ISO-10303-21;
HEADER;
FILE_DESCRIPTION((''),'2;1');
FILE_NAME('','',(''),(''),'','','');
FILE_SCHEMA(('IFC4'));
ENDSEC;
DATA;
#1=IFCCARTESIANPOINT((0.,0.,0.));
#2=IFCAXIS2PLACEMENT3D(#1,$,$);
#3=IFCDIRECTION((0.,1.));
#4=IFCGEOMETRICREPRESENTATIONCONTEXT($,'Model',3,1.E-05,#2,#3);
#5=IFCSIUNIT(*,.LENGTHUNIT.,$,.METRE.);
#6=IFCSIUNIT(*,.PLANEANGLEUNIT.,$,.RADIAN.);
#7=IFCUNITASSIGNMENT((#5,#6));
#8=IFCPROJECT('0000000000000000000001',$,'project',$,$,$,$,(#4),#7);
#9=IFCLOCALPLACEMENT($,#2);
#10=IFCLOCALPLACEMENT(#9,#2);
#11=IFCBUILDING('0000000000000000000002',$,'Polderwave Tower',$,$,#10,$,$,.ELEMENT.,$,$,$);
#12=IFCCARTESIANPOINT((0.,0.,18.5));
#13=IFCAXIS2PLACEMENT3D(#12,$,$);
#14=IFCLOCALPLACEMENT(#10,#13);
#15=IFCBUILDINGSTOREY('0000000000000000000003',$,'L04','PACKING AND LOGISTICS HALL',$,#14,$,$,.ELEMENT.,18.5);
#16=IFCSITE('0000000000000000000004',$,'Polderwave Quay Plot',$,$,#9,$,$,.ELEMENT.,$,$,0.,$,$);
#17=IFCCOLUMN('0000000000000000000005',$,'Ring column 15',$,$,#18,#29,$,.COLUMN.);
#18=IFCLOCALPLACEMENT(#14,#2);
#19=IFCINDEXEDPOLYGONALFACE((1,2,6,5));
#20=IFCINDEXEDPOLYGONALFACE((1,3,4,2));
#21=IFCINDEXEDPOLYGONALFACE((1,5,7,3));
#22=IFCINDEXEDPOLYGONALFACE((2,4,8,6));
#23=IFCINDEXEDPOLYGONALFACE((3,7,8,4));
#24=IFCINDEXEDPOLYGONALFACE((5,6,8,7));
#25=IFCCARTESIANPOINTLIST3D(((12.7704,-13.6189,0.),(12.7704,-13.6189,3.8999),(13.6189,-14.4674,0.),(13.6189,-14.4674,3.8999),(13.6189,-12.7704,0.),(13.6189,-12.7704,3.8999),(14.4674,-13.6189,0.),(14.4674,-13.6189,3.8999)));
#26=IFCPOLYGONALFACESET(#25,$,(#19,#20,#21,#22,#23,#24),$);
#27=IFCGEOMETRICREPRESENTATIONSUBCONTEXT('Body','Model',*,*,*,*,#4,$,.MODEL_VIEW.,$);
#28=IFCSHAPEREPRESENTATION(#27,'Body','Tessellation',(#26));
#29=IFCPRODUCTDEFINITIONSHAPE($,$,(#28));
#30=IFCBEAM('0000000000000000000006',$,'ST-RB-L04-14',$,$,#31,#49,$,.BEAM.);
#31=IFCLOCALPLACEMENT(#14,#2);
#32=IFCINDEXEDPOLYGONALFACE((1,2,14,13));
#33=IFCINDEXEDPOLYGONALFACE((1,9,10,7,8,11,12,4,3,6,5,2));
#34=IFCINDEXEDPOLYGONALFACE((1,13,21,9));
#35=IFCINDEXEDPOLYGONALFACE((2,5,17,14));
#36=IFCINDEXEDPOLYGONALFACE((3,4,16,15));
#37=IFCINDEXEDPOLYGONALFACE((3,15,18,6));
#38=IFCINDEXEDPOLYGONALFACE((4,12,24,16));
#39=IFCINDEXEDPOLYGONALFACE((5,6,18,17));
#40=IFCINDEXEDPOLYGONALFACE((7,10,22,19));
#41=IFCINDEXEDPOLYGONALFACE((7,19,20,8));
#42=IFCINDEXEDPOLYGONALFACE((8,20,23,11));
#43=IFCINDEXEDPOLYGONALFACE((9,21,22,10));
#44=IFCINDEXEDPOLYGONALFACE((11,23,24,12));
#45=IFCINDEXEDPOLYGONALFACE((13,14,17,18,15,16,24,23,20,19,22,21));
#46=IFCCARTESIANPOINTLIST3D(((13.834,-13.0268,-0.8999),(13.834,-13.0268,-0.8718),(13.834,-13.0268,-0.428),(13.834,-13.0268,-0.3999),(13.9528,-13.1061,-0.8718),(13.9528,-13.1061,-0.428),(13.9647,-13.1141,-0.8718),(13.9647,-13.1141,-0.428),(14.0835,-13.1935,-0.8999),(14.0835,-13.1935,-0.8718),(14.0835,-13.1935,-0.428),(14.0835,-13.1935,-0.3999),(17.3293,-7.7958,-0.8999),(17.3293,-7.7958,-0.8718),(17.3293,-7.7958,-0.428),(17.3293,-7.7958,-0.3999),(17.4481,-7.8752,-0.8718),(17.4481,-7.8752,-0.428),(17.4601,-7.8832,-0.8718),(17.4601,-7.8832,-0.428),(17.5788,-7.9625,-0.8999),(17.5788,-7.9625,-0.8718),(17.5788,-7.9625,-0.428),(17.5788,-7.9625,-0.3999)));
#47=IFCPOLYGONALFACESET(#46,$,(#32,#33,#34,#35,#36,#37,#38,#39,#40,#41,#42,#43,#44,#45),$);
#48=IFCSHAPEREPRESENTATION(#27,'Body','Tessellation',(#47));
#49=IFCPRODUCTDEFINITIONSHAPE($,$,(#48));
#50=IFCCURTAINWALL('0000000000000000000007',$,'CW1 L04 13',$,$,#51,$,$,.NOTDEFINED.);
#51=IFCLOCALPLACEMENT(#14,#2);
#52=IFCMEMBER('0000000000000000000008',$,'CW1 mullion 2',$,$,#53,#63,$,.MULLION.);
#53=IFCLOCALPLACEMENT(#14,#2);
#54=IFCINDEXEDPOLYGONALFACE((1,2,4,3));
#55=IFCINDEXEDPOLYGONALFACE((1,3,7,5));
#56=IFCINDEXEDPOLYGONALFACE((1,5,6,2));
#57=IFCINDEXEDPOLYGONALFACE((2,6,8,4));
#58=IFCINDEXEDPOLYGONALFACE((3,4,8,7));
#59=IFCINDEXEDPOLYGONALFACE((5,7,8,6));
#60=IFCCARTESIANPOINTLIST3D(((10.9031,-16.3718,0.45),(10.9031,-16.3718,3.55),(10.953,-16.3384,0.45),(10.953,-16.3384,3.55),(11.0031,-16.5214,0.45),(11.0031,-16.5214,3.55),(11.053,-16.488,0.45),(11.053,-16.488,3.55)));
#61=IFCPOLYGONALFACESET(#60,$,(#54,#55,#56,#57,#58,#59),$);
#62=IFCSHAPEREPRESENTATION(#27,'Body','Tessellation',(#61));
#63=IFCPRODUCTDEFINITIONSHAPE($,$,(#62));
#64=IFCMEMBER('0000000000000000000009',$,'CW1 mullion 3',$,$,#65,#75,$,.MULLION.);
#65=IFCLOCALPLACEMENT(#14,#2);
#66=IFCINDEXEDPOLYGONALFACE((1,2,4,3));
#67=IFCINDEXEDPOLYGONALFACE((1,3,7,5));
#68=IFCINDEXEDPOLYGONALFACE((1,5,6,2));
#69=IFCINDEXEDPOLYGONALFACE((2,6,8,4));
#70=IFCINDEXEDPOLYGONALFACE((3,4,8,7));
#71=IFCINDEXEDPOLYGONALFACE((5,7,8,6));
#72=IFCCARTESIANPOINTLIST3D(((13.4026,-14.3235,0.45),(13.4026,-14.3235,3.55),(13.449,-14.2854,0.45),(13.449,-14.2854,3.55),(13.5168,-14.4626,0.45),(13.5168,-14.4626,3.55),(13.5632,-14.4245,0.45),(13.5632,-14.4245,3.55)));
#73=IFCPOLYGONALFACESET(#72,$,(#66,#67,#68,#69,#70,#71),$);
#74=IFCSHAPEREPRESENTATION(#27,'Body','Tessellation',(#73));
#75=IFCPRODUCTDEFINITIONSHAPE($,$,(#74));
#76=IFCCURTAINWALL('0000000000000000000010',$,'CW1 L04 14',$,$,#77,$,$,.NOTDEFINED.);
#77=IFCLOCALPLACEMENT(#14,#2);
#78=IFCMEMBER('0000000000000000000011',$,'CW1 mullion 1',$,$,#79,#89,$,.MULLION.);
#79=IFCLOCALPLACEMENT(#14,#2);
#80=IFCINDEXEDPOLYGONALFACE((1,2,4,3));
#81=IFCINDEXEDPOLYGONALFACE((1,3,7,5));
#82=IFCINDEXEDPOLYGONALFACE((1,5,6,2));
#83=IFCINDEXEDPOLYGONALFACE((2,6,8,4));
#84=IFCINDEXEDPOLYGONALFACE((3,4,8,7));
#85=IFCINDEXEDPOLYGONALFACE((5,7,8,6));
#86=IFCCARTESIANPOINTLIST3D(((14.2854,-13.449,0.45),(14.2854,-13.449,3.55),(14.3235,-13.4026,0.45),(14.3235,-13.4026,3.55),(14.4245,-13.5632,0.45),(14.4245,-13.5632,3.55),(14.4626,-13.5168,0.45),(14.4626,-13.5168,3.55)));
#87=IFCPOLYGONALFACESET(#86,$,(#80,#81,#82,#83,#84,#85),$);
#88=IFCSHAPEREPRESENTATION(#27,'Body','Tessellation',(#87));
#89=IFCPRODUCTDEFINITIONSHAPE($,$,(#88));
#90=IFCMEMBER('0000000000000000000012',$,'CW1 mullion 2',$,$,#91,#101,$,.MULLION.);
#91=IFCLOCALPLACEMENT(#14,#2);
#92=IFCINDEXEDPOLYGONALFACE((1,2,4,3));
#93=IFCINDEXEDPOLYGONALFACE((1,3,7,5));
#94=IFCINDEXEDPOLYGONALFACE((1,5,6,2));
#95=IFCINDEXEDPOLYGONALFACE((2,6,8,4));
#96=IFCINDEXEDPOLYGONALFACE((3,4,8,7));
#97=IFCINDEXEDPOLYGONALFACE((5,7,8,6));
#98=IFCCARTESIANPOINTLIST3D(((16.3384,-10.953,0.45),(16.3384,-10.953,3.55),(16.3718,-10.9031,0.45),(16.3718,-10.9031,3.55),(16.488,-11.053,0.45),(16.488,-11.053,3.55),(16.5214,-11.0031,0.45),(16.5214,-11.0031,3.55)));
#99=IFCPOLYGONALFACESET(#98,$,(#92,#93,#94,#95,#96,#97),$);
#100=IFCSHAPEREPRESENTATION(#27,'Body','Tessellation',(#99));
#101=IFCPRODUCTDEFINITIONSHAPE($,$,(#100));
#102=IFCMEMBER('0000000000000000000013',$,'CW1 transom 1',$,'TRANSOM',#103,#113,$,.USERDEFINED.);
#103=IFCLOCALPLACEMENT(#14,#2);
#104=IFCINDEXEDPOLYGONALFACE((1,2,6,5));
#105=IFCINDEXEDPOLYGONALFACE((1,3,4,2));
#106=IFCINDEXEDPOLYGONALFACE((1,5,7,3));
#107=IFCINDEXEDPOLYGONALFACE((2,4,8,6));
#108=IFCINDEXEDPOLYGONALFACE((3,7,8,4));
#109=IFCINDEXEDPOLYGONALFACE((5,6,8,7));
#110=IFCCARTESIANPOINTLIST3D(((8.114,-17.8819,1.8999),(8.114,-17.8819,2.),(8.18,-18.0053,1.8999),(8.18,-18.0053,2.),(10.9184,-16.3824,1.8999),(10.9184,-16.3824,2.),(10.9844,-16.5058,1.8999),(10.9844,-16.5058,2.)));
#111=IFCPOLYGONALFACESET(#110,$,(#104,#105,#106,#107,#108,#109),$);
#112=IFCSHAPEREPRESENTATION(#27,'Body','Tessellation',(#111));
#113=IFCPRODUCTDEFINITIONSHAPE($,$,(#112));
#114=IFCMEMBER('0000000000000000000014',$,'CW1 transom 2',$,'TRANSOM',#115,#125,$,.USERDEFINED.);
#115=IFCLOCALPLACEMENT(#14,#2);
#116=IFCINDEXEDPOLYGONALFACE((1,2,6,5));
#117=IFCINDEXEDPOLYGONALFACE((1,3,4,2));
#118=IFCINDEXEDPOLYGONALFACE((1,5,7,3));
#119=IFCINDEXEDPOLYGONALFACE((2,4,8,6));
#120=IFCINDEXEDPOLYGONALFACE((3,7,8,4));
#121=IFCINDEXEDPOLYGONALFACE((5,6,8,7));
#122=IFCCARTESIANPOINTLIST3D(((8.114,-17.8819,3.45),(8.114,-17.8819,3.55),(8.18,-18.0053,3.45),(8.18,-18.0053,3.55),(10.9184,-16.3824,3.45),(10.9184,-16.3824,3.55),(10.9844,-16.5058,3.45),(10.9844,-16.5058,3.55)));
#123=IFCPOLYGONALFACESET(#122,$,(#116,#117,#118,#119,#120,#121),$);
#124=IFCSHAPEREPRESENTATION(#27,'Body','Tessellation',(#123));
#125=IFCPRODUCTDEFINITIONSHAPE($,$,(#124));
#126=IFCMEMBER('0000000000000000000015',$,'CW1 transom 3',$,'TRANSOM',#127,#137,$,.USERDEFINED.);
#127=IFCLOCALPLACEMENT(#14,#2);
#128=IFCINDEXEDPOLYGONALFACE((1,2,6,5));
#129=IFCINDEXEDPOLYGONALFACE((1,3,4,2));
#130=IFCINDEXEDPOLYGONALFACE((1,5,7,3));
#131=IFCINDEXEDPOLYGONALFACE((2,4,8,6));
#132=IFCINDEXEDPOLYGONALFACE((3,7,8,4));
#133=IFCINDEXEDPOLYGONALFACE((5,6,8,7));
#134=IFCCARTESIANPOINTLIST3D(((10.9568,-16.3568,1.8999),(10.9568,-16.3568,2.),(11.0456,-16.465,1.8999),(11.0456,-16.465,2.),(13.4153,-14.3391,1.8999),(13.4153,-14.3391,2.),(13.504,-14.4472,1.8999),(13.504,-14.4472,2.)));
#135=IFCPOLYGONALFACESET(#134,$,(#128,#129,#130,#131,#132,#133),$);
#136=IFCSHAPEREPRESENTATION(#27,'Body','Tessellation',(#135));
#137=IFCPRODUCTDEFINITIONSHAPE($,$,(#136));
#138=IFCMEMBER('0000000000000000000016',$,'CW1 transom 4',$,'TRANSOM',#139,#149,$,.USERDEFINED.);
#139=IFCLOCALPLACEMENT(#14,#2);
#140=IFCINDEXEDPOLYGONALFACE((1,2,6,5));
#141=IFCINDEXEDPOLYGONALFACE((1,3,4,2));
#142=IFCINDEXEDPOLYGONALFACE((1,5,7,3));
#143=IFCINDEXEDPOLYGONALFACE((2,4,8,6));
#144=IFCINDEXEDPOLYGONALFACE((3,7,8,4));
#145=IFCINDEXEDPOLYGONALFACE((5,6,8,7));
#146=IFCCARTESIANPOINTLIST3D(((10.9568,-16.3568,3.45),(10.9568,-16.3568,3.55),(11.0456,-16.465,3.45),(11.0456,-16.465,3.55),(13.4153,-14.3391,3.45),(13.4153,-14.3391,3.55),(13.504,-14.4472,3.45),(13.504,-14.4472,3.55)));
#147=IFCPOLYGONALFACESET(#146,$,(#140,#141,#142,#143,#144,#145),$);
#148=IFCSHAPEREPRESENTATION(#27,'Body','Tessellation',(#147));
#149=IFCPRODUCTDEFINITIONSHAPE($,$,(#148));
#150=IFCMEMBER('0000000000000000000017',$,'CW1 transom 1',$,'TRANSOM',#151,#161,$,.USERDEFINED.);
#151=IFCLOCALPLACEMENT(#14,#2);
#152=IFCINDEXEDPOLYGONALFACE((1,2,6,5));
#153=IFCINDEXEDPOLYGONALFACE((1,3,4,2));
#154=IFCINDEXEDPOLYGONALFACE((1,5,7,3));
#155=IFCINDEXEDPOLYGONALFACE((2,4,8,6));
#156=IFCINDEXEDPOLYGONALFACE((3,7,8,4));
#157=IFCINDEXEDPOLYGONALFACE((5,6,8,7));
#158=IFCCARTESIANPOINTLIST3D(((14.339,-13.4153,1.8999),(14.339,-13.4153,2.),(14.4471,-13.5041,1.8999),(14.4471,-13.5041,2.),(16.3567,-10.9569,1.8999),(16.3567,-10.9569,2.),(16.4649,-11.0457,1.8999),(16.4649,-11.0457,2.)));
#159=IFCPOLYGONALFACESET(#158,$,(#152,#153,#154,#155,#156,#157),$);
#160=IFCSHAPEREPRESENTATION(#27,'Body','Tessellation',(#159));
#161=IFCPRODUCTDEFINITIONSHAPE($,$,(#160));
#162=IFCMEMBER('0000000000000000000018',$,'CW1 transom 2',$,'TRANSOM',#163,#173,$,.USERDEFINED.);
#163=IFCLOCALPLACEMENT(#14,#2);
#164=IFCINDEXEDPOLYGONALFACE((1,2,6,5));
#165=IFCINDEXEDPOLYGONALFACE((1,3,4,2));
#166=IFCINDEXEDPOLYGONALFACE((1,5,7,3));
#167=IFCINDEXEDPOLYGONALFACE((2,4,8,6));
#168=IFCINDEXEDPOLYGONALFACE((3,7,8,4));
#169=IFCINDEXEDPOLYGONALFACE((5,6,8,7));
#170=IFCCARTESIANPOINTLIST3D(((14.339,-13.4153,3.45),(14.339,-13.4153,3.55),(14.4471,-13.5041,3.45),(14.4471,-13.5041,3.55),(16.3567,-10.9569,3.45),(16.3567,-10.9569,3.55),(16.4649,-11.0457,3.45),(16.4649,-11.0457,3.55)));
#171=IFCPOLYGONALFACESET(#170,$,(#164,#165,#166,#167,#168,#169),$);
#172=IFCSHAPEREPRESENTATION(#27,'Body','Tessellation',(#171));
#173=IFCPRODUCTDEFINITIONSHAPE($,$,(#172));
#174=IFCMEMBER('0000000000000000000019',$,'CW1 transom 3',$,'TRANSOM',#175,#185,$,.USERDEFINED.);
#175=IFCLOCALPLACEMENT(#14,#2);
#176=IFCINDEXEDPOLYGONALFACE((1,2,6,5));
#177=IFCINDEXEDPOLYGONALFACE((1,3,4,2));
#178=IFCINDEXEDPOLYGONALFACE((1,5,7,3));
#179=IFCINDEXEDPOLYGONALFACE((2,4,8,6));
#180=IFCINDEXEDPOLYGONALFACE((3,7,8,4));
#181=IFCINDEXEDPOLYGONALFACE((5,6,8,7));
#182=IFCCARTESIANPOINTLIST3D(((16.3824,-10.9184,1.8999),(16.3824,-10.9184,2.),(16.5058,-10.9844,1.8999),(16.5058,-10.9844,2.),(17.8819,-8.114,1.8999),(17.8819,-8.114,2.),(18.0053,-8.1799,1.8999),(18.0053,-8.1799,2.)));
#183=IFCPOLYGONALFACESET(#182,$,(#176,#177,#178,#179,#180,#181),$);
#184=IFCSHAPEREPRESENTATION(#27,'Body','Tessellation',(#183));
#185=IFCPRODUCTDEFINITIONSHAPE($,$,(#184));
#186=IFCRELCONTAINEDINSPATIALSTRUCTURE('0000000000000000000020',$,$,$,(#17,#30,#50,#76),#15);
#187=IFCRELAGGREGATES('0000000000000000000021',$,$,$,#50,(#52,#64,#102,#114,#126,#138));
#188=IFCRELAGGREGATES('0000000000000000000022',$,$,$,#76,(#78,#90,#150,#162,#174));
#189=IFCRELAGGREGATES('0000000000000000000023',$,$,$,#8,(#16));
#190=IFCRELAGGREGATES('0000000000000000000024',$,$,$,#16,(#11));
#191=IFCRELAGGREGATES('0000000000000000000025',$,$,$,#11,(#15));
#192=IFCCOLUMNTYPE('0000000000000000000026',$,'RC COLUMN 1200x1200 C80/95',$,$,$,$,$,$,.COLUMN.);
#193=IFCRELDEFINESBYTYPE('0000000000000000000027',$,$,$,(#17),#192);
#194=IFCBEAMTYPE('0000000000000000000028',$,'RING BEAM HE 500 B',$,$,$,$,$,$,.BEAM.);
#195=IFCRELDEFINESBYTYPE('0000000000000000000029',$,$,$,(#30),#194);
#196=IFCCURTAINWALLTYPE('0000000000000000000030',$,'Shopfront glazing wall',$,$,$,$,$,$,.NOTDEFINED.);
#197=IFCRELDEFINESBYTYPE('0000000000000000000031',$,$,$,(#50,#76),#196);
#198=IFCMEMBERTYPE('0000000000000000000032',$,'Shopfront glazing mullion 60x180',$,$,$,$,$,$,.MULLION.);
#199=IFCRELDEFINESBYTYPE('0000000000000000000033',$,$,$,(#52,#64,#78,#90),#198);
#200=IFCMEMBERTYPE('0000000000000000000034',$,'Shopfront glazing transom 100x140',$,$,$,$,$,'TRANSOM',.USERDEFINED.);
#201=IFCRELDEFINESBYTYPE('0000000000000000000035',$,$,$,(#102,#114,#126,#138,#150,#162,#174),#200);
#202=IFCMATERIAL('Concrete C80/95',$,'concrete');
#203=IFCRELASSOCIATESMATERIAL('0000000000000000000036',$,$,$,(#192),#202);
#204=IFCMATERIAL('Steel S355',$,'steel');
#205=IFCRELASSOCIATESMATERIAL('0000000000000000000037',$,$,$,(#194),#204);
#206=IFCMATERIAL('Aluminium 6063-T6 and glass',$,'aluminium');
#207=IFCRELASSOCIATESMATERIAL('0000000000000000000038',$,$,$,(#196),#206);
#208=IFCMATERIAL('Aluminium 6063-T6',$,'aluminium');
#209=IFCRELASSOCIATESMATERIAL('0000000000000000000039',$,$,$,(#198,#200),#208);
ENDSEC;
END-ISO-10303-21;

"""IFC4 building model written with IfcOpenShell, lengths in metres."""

from ifc_helpers import new_model, si_unit, direction, frame, origin, origin_2d, place, context, subcontext, project, spatial, rectangle, i_section, extrude, material, material_profile, profile_set, type_object, element, aggregate, save


model = new_model("IFC4")

# Units and contexts
model_context = context("Model", 3, precision=1e-05, world=origin(), true_north=direction((0.0, 1.0)))
body_context = subcontext(model_context, "Body", "Model", "MODEL_VIEW")
ifc_project = project(units=[si_unit("LENGTHUNIT", "METRE"), si_unit("PLANEANGLEUNIT", "RADIAN")], contexts=[model_context])

# Site, building, storey
site_placement = place(None, origin())
site = spatial("IfcSite", under=ifc_project, at=site_placement, Name="Polderwave Quay Plot", CompositionType="ELEMENT", RefElevation=0.0)
building_placement = place(site_placement, origin())
building = spatial("IfcBuilding", under=site, at=building_placement, Name="Polderwave Tower", CompositionType="ELEMENT")
storey_placement = place(building_placement, frame((0.0, 0.0, 18.5)))
storey = spatial("IfcBuildingStorey", under=building, at=storey_placement, Name="L04", Description="PACKING AND LOGISTICS HALL", CompositionType="ELEMENT", Elevation=18.5)

# Column
ifc_material_1 = material(Name="Concrete C80/95", Category="concrete")
ifc_material_profile_1 = material_profile(ifc_material_1, rectangle(XDim=1.2, YDim=1.2, at=origin_2d()), Name="RC 1200x1200")
ifc_profile_set_1 = profile_set([ifc_material_profile_1], Name="Concrete C80/95")
column_type = type_object("IfcColumnType", Name="RC COLUMN 1200x1200 C80/95", PredefinedType="COLUMN", material=ifc_profile_set_1)
column_placement = place(storey_placement, frame((13.6189, -13.6189, 0.0), z_axis=(0.0, 0.0, 1.0), x_axis=(0.707107, -0.707107, 0.0)))
element("IfcColumn", 1, at=column_placement, inside=storey, type_object=column_type, Name="Ring column 15", PredefinedType="COLUMN", context=body_context, shape_type="SweptSolid", body=[
    extrude(rectangle(XDim=1.2, YDim=1.2, at=origin_2d()), origin(), (0.0, 0.0, 1.0), 3.8999),
])

# Beam
ifc_material_2 = material(Name="Steel S355", Category="steel")
ifc_material_profile_2 = material_profile(ifc_material_2, i_section(OverallWidth=0.3, OverallDepth=0.5, WebThickness=0.0144, FlangeThickness=0.0281, at=origin_2d()), Name="HE 500 B")
ifc_profile_set_2 = profile_set([ifc_material_profile_2], Name="Steel S355")
beam_type = type_object("IfcBeamType", Name="RING BEAM HE 500 B", PredefinedType="BEAM", material=ifc_profile_set_2)
beam_placement = place(storey_placement, frame((13.9587, -13.1101, -0.6499), z_axis=(0.555586, 0.831459, 0.0), x_axis=(-0.831459, 0.555586, 0.0)))
element("IfcBeam", 2, at=beam_placement, inside=storey, type_object=beam_type, Name="ST-RB-L04-14", PredefinedType="BEAM", context=body_context, shape_type="SweptSolid", body=[
    extrude(i_section(OverallWidth=0.3, OverallDepth=0.5, WebThickness=0.0144, FlangeThickness=0.0281, at=origin_2d()), origin(), (0.0, 0.0, 1.0), 6.2913),
])

# Curtain walls, members
ifc_material_3 = material(Name="Aluminium 6063-T6 and glass", Category="aluminium")
curtain_wall_type = type_object("IfcCurtainWallType", Name="Shopfront glazing wall", PredefinedType="NOTDEFINED", material=ifc_material_3)
curtain_wall_1_placement = place(storey_placement, origin())
curtain_wall_1 = element("IfcCurtainWall", 3, at=curtain_wall_1_placement, inside=storey, type_object=curtain_wall_type, Name="CW1 L04 13", PredefinedType="NOTDEFINED")
ifc_material_4 = material(Name="Aluminium 6063-T6", Category="aluminium")
ifc_material_profile_3 = material_profile(ifc_material_4, rectangle(XDim=0.1799, YDim=0.0601, at=origin_2d()), Name="AL 60x180")
ifc_profile_set_3 = profile_set([ifc_material_profile_3], Name="Aluminium 6063-T6")
member_type_1 = type_object("IfcMemberType", Name="Shopfront glazing mullion 60x180", PredefinedType="MULLION", material=ifc_profile_set_3)
member_1_placement = place(storey_placement, frame((10.978, -16.4299, 0.45), z_axis=(0.0, 0.0, 1.0), x_axis=(-0.555654, 0.831413, 0.0)))
member_1 = element("IfcMember", 4, at=member_1_placement, type_object=member_type_1, Name="CW1 mullion 2", PredefinedType="MULLION", context=body_context, shape_type="SweptSolid", body=[
    extrude(rectangle(XDim=0.1799, YDim=0.0601, at=origin_2d()), origin(), (0.0, 0.0, 1.0), 3.1001),
])
member_2_placement = place(storey_placement, frame((13.4829, -14.374, 0.45), z_axis=(0.0, 0.0, 1.0), x_axis=(-0.634453, 0.772962, 0.0)))
member_2 = element("IfcMember", 5, at=member_2_placement, type_object=member_type_1, Name="CW1 mullion 3", PredefinedType="MULLION", context=body_context, shape_type="SweptSolid", body=[
    extrude(rectangle(XDim=0.1799, YDim=0.0601, at=origin_2d()), origin(), (0.0, 0.0, 1.0), 3.1001),
])
curtain_wall_2_placement = place(storey_placement, origin())
curtain_wall_2 = element("IfcCurtainWall", 6, at=curtain_wall_2_placement, inside=storey, type_object=curtain_wall_type, Name="CW1 L04 14", PredefinedType="NOTDEFINED")
member_3_placement = place(storey_placement, frame((14.374, -13.4829, 0.45), z_axis=(0.0, 0.0, 1.0), x_axis=(-0.772962, 0.634453, 0.0)))
member_3 = element("IfcMember", 7, at=member_3_placement, type_object=member_type_1, Name="CW1 mullion 1", PredefinedType="MULLION", context=body_context, shape_type="SweptSolid", body=[
    extrude(rectangle(XDim=0.1799, YDim=0.0601, at=origin_2d()), origin(), (0.0, 0.0, 1.0), 3.1001),
])
member_4_placement = place(storey_placement, frame((16.4299, -10.978, 0.45), z_axis=(0.0, 0.0, 1.0), x_axis=(-0.831413, 0.555654, 0.0)))
member_4 = element("IfcMember", 8, at=member_4_placement, type_object=member_type_1, Name="CW1 mullion 2", PredefinedType="MULLION", context=body_context, shape_type="SweptSolid", body=[
    extrude(rectangle(XDim=0.1799, YDim=0.0601, at=origin_2d()), origin(), (0.0, 0.0, 1.0), 3.1001),
])

# Members
ifc_material_profile_4 = material_profile(ifc_material_4, rectangle(XDim=0.1399, YDim=0.1001, at=origin_2d()), Name="AL 100x140")
ifc_profile_set_4 = profile_set([ifc_material_profile_4], Name="Aluminium 6063-T6")
member_type_2 = type_object("IfcMemberType", Name="Shopfront glazing transom 100x140", ElementType="TRANSOM", PredefinedType="USERDEFINED", material=ifc_profile_set_4)
member_5_placement = place(storey_placement, frame((8.147, -17.9436, 1.95), z_axis=(0.881855, 0.47152, 0.0), x_axis=(-0.47152, 0.881855, 0.0)))
member_5 = element("IfcMember", 9, at=member_5_placement, type_object=member_type_2, Name="CW1 transom 1", ObjectType="TRANSOM", PredefinedType="USERDEFINED", context=body_context, shape_type="SweptSolid", body=[
    extrude(rectangle(XDim=0.1399, YDim=0.1001, at=origin_2d()), origin(), (0.0, 0.0, 1.0), 3.1802),
])
member_6_placement = place(storey_placement, frame((8.147, -17.9436, 3.5), z_axis=(0.881855, 0.47152, 0.0), x_axis=(-0.47152, 0.881855, 0.0)))
member_6 = element("IfcMember", 10, at=member_6_placement, type_object=member_type_2, Name="CW1 transom 2", ObjectType="TRANSOM", PredefinedType="USERDEFINED", context=body_context, shape_type="SweptSolid", body=[
    extrude(rectangle(XDim=0.1399, YDim=0.1001, at=origin_2d()), origin(), (0.0, 0.0, 1.0), 3.1802),
])
member_7_placement = place(storey_placement, frame((11.0012, -16.4109, 1.95), z_axis=(0.772982, 0.634428, 0.0), x_axis=(-0.634428, 0.772982, 0.0)))
member_7 = element("IfcMember", 11, at=member_7_placement, type_object=member_type_2, Name="CW1 transom 3", ObjectType="TRANSOM", PredefinedType="USERDEFINED", context=body_context, shape_type="SweptSolid", body=[
    extrude(rectangle(XDim=0.1399, YDim=0.1001, at=origin_2d()), origin(), (0.0, 0.0, 1.0), 3.1804),
])
member_8_placement = place(storey_placement, frame((11.0012, -16.4109, 3.5), z_axis=(0.772982, 0.634428, 0.0), x_axis=(-0.634428, 0.772982, 0.0)))
member_8 = element("IfcMember", 12, at=member_8_placement, type_object=member_type_2, Name="CW1 transom 4", ObjectType="TRANSOM", PredefinedType="USERDEFINED", context=body_context, shape_type="SweptSolid", body=[
    extrude(rectangle(XDim=0.1399, YDim=0.1001, at=origin_2d()), origin(), (0.0, 0.0, 1.0), 3.1804),
])
member_9_placement = place(storey_placement, frame((14.3931, -13.4597, 1.95), z_axis=(0.634428, 0.772982, 0.0), x_axis=(-0.772982, 0.634428, 0.0)))
member_9 = element("IfcMember", 13, at=member_9_placement, type_object=member_type_2, Name="CW1 transom 1", ObjectType="TRANSOM", PredefinedType="USERDEFINED", context=body_context, shape_type="SweptSolid", body=[
    extrude(rectangle(XDim=0.1399, YDim=0.1001, at=origin_2d()), origin(), (0.0, 0.0, 1.0), 3.1804),
])
member_10_placement = place(storey_placement, frame((14.3931, -13.4597, 3.5), z_axis=(0.634428, 0.772982, 0.0), x_axis=(-0.772982, 0.634428, 0.0)))
member_10 = element("IfcMember", 14, at=member_10_placement, type_object=member_type_2, Name="CW1 transom 2", ObjectType="TRANSOM", PredefinedType="USERDEFINED", context=body_context, shape_type="SweptSolid", body=[
    extrude(rectangle(XDim=0.1399, YDim=0.1001, at=origin_2d()), origin(), (0.0, 0.0, 1.0), 3.1804),
])
member_11_placement = place(storey_placement, frame((16.4441, -10.9514, 1.95), z_axis=(0.47152, 0.881855, 0.0), x_axis=(-0.881855, 0.47152, 0.0)))
member_11 = element("IfcMember", 15, at=member_11_placement, type_object=member_type_2, Name="CW1 transom 3", ObjectType="TRANSOM", PredefinedType="USERDEFINED", context=body_context, shape_type="SweptSolid", body=[
    extrude(rectangle(XDim=0.1399, YDim=0.1001, at=origin_2d()), origin(), (0.0, 0.0, 1.0), 3.1802),
])

aggregate(curtain_wall_1, [member_1, member_2, member_5, member_6, member_7, member_8])
aggregate(curtain_wall_2, [member_3, member_4, member_9, member_10, member_11])

save(model, "model.ifc")
